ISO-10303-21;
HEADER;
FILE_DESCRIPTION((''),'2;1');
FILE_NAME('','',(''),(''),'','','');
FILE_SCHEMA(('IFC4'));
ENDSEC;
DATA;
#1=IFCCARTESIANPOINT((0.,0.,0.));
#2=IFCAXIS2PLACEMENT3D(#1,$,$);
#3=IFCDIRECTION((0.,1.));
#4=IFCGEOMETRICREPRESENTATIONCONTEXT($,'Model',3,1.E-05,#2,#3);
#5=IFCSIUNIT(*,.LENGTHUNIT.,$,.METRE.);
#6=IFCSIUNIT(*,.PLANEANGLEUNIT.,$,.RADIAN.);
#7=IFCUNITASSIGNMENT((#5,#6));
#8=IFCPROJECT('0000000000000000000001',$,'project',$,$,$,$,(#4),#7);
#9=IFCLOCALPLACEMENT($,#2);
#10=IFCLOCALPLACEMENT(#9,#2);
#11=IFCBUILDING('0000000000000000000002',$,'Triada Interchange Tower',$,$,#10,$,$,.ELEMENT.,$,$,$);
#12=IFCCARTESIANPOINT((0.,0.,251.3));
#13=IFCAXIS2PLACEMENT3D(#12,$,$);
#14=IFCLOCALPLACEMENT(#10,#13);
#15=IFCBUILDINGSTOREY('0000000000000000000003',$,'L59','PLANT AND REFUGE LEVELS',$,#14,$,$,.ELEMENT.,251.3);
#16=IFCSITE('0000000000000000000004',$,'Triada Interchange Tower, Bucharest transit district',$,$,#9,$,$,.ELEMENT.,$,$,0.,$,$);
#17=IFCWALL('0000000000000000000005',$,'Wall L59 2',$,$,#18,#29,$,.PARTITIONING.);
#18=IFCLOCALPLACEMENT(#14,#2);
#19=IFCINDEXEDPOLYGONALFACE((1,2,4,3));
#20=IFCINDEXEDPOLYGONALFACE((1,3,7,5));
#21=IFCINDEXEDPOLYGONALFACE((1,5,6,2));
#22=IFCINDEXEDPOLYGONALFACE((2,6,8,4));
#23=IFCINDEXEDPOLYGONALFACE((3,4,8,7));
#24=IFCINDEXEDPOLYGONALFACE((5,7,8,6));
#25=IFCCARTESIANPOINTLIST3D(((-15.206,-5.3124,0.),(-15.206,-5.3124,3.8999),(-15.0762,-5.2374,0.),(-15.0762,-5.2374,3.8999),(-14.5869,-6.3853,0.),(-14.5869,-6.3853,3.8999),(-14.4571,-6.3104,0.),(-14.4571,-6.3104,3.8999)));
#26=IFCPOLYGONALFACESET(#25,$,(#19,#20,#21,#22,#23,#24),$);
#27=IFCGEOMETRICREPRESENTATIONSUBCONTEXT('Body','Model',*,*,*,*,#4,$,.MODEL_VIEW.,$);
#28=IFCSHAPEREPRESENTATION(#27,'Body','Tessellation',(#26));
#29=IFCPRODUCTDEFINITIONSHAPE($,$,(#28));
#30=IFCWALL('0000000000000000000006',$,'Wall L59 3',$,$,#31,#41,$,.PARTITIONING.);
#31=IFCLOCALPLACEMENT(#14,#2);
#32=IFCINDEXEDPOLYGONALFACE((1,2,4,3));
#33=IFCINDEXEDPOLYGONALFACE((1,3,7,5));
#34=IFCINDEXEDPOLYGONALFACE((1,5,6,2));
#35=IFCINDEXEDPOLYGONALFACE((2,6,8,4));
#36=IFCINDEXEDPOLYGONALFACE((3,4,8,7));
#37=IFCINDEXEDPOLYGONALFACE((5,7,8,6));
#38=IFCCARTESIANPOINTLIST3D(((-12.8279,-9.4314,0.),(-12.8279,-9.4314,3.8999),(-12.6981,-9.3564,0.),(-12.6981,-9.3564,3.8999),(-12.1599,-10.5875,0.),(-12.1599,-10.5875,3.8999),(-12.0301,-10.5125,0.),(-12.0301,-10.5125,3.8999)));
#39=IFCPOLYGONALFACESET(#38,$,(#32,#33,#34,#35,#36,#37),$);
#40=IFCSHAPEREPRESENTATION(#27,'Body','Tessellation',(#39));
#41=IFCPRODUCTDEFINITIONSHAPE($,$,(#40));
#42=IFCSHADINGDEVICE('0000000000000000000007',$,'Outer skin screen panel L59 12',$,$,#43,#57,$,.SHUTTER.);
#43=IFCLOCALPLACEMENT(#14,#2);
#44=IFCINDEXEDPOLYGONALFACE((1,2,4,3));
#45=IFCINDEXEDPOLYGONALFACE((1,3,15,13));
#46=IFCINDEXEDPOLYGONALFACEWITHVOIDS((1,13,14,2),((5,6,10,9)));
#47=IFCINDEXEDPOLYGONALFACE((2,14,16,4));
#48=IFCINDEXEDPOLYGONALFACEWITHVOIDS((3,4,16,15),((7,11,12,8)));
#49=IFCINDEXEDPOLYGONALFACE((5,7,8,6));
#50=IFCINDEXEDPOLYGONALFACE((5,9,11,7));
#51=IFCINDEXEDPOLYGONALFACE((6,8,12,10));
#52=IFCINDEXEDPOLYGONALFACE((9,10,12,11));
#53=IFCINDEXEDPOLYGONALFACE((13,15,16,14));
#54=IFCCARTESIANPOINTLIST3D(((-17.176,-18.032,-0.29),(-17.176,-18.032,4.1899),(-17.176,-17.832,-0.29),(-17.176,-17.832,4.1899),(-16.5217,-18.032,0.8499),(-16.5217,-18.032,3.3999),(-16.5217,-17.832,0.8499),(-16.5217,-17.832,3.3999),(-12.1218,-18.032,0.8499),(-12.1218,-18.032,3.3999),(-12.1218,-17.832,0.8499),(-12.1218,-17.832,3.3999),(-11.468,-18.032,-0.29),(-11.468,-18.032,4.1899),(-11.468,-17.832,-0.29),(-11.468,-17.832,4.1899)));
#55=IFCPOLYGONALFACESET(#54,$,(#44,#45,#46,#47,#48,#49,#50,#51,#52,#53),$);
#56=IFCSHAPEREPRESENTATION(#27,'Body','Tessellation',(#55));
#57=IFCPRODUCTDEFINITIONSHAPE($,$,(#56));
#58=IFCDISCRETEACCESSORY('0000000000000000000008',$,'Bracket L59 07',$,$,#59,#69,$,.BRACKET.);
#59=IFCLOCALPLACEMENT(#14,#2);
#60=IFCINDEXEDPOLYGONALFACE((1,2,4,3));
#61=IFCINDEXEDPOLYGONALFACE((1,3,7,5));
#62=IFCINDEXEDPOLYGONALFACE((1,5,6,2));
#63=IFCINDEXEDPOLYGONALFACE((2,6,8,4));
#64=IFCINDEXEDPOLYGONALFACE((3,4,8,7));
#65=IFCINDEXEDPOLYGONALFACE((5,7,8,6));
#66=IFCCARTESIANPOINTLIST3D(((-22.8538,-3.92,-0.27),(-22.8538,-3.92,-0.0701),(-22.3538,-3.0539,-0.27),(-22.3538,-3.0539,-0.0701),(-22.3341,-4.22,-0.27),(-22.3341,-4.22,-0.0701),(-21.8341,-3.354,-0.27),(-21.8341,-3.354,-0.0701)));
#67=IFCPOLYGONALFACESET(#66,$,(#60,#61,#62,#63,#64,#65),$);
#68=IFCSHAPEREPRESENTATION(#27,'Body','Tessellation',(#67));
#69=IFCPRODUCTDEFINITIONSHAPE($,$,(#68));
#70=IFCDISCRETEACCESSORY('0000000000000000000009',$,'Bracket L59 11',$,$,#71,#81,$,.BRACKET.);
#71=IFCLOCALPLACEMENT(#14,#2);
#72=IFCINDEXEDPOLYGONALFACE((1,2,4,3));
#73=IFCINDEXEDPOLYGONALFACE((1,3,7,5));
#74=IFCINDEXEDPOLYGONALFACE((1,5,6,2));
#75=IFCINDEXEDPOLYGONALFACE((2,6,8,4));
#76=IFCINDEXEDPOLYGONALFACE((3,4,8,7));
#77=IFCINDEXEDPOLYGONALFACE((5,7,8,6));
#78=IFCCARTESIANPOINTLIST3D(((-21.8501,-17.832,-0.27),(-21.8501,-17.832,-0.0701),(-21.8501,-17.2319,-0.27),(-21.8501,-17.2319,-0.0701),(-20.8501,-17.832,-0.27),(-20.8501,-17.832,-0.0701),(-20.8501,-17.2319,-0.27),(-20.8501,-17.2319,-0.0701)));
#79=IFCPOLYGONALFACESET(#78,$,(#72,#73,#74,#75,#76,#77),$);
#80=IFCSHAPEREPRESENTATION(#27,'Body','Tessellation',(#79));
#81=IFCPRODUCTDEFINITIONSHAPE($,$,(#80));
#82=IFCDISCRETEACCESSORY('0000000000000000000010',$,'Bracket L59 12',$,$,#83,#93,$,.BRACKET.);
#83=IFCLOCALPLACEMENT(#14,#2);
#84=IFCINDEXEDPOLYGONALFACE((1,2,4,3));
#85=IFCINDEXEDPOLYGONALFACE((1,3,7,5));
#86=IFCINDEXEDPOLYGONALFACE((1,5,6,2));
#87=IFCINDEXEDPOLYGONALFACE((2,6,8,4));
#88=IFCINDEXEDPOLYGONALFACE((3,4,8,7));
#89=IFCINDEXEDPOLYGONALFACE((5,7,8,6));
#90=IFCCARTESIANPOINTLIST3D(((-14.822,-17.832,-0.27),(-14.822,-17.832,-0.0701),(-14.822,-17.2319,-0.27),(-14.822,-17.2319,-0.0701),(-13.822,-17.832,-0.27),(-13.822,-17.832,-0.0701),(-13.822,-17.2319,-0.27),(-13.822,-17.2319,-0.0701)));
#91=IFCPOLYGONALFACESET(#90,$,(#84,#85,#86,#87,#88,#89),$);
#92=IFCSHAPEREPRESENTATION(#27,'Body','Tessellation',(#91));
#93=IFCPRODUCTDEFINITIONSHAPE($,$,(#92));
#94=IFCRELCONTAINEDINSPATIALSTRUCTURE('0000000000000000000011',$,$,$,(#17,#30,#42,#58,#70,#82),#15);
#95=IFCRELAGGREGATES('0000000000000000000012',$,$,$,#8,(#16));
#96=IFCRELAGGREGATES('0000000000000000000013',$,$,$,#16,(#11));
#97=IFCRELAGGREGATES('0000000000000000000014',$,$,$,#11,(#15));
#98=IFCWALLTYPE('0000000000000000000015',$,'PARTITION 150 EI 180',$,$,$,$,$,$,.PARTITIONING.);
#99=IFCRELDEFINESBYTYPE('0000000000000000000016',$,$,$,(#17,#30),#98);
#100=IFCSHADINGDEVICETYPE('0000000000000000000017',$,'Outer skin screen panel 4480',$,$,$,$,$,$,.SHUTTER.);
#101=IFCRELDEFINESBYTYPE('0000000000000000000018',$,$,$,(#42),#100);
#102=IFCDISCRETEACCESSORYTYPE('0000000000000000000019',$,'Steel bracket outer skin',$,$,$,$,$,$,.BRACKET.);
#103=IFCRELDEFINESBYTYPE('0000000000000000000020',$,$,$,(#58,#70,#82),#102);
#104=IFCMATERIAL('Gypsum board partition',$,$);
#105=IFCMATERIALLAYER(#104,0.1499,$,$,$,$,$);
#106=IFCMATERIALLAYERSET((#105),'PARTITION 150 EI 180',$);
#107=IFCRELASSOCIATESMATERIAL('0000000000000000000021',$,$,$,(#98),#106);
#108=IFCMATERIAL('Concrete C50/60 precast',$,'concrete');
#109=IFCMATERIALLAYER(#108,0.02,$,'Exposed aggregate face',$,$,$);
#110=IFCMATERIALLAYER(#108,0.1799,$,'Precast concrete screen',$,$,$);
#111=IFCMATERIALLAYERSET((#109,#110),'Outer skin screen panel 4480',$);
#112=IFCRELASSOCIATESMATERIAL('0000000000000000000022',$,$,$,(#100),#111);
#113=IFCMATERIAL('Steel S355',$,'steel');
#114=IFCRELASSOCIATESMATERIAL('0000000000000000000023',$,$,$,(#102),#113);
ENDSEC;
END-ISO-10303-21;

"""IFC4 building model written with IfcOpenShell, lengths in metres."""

from ifc_helpers import new_model, si_unit, direction, frame, frame_2d, origin, origin_2d, place, context, subcontext, project, spatial, polyline, rectangle, outline, extrude, material, layer, layer_set, type_object, element, save


model = new_model("IFC4")

# Units and contexts
model_context = context("Model", 3, precision=1e-05, world=origin(), true_north=direction((0.0, 1.0)))
body_context = subcontext(model_context, "Body", "Model", "MODEL_VIEW")
ifc_project = project(units=[si_unit("LENGTHUNIT", "METRE"), si_unit("PLANEANGLEUNIT", "RADIAN")], contexts=[model_context])

# Site, building, storey
site_placement = place(None, origin())
site = spatial("IfcSite", under=ifc_project, at=site_placement, Name="Triada Interchange Tower, Bucharest transit district", CompositionType="ELEMENT", RefElevation=0.0)
building_placement = place(site_placement, origin())
building = spatial("IfcBuilding", under=site, at=building_placement, Name="Triada Interchange Tower", CompositionType="ELEMENT")
storey_placement = place(building_placement, frame((0.0, 0.0, 251.3)))
storey = spatial("IfcBuildingStorey", under=building, at=storey_placement, Name="L59", Description="PLANT AND REFUGE LEVELS", CompositionType="ELEMENT", Elevation=251.3)

# Shared definitions
ifc_material_1 = material(Name="Steel S355", Category="steel")

# Shared definitions
ifc_material_2 = material(Name="Gypsum board partition")
ifc_layer_1 = layer(ifc_material_2, 0.1499)
ifc_layer_set_1 = layer_set([ifc_layer_1], Name="PARTITION 150 EI 180")
wall_type_1 = type_object("IfcWallType", Name="PARTITION 150 EI 180", PredefinedType="PARTITIONING", material=ifc_layer_set_1)

# Walls
wall_1_placement = place(storey_placement, frame((-15.1411, -5.2749, 0.0), z_axis=(0.0, 0.0, 1.0), x_axis=(0.499785, -0.866149, 0.0)))
element("IfcWall", 1, at=wall_1_placement, inside=storey, type_object=wall_type_1, Name="Wall L59 2", PredefinedType="PARTITIONING", context=body_context, shape_type="SweptSolid", body=[
    extrude(rectangle(XDim=1.2388, YDim=0.1499, at=frame_2d((0.6194, 0.0))), origin(), (0.0, 0.0, 1.0), 3.8999),
])
wall_2_placement = place(storey_placement, frame((-12.7629, -9.394, 0.0), z_axis=(0.0, 0.0, 1.0), x_axis=(0.500308, -0.865847, 0.0)))
element("IfcWall", 2, at=wall_2_placement, inside=storey, type_object=wall_type_1, Name="Wall L59 3", PredefinedType="PARTITIONING", context=body_context, shape_type="SweptSolid", body=[
    extrude(rectangle(XDim=1.3352, YDim=0.1499, at=frame_2d((0.6675, 0.0))), origin(), (0.0, 0.0, 1.0), 3.8999),
])

# Shading device
ifc_material_3 = material(Name="Concrete C50/60 precast", Category="concrete")
ifc_layer_2 = layer(ifc_material_3, 0.02, Name="Exposed aggregate face")
ifc_layer_3 = layer(ifc_material_3, 0.1799, Name="Precast concrete screen")
ifc_layer_set_2 = layer_set([ifc_layer_2, ifc_layer_3], Name="Outer skin screen panel 4480")
shading_device_type = type_object("IfcShadingDeviceType", Name="Outer skin screen panel 4480", PredefinedType="SHUTTER", material=ifc_layer_set_2)
shading_device_placement = place(storey_placement, frame((-17.176, -17.832, -0.29), z_axis=(0.0, 0.0, 1.0), x_axis=(1.0, 0.0, 0.0)))
element("IfcShadingDevice", 3, at=shading_device_placement, inside=storey, type_object=shading_device_type, Name="Outer skin screen panel L59 12", PredefinedType="SHUTTER", context=body_context, shape_type="SweptSolid", body=[
    extrude(outline(polyline([(0.0, 0.0), (5.708, 0.0), (5.708, 4.48), (0.0, 4.48), (0.0, 0.0)]), holes=[polyline([(0.6543, 1.1399), (0.6543, 3.6899), (5.0542, 3.6899), (5.0542, 1.1399), (0.6543, 1.1399)])]), frame((0.0, 0.0, 0.0), z_axis=(0.0, -1.0, 0.0), x_axis=(1.0, 0.0, 0.0)), (0.0, 0.0, 1.0), 0.2),
])

# Discrete accessories
discrete_accessory_type = type_object("IfcDiscreteAccessoryType", Name="Steel bracket outer skin", PredefinedType="BRACKET", material=ifc_material_1)
for number, where, z_axis, x_axis, name in (
    (4, (-22.344, -3.637, -0.27), (0.0, 0.0, 1.0), (-0.866024, 0.500002, 0.0), "Bracket L59 07"),
    (5, (-21.3501, -17.532, -0.27), (0.0, 0.0, 1.0), (0.0, -1.0, 0.0), "Bracket L59 11"),
    (6, (-14.322, -17.532, -0.27), (0.0, 0.0, 1.0), (0.0, -1.0, 0.0), "Bracket L59 12"),
):
    element("IfcDiscreteAccessory", number, at=place(storey_placement, frame(where, z_axis=z_axis, x_axis=x_axis)), inside=storey, type_object=discrete_accessory_type, Name=name, PredefinedType="BRACKET", context=body_context, shape_type="SweptSolid", body=[
        extrude(rectangle(XDim=0.6001, YDim=1.0, at=origin_2d()), origin(), (0.0, 0.0, 1.0), 0.2),
    ])

save(model, "model.ifc")
